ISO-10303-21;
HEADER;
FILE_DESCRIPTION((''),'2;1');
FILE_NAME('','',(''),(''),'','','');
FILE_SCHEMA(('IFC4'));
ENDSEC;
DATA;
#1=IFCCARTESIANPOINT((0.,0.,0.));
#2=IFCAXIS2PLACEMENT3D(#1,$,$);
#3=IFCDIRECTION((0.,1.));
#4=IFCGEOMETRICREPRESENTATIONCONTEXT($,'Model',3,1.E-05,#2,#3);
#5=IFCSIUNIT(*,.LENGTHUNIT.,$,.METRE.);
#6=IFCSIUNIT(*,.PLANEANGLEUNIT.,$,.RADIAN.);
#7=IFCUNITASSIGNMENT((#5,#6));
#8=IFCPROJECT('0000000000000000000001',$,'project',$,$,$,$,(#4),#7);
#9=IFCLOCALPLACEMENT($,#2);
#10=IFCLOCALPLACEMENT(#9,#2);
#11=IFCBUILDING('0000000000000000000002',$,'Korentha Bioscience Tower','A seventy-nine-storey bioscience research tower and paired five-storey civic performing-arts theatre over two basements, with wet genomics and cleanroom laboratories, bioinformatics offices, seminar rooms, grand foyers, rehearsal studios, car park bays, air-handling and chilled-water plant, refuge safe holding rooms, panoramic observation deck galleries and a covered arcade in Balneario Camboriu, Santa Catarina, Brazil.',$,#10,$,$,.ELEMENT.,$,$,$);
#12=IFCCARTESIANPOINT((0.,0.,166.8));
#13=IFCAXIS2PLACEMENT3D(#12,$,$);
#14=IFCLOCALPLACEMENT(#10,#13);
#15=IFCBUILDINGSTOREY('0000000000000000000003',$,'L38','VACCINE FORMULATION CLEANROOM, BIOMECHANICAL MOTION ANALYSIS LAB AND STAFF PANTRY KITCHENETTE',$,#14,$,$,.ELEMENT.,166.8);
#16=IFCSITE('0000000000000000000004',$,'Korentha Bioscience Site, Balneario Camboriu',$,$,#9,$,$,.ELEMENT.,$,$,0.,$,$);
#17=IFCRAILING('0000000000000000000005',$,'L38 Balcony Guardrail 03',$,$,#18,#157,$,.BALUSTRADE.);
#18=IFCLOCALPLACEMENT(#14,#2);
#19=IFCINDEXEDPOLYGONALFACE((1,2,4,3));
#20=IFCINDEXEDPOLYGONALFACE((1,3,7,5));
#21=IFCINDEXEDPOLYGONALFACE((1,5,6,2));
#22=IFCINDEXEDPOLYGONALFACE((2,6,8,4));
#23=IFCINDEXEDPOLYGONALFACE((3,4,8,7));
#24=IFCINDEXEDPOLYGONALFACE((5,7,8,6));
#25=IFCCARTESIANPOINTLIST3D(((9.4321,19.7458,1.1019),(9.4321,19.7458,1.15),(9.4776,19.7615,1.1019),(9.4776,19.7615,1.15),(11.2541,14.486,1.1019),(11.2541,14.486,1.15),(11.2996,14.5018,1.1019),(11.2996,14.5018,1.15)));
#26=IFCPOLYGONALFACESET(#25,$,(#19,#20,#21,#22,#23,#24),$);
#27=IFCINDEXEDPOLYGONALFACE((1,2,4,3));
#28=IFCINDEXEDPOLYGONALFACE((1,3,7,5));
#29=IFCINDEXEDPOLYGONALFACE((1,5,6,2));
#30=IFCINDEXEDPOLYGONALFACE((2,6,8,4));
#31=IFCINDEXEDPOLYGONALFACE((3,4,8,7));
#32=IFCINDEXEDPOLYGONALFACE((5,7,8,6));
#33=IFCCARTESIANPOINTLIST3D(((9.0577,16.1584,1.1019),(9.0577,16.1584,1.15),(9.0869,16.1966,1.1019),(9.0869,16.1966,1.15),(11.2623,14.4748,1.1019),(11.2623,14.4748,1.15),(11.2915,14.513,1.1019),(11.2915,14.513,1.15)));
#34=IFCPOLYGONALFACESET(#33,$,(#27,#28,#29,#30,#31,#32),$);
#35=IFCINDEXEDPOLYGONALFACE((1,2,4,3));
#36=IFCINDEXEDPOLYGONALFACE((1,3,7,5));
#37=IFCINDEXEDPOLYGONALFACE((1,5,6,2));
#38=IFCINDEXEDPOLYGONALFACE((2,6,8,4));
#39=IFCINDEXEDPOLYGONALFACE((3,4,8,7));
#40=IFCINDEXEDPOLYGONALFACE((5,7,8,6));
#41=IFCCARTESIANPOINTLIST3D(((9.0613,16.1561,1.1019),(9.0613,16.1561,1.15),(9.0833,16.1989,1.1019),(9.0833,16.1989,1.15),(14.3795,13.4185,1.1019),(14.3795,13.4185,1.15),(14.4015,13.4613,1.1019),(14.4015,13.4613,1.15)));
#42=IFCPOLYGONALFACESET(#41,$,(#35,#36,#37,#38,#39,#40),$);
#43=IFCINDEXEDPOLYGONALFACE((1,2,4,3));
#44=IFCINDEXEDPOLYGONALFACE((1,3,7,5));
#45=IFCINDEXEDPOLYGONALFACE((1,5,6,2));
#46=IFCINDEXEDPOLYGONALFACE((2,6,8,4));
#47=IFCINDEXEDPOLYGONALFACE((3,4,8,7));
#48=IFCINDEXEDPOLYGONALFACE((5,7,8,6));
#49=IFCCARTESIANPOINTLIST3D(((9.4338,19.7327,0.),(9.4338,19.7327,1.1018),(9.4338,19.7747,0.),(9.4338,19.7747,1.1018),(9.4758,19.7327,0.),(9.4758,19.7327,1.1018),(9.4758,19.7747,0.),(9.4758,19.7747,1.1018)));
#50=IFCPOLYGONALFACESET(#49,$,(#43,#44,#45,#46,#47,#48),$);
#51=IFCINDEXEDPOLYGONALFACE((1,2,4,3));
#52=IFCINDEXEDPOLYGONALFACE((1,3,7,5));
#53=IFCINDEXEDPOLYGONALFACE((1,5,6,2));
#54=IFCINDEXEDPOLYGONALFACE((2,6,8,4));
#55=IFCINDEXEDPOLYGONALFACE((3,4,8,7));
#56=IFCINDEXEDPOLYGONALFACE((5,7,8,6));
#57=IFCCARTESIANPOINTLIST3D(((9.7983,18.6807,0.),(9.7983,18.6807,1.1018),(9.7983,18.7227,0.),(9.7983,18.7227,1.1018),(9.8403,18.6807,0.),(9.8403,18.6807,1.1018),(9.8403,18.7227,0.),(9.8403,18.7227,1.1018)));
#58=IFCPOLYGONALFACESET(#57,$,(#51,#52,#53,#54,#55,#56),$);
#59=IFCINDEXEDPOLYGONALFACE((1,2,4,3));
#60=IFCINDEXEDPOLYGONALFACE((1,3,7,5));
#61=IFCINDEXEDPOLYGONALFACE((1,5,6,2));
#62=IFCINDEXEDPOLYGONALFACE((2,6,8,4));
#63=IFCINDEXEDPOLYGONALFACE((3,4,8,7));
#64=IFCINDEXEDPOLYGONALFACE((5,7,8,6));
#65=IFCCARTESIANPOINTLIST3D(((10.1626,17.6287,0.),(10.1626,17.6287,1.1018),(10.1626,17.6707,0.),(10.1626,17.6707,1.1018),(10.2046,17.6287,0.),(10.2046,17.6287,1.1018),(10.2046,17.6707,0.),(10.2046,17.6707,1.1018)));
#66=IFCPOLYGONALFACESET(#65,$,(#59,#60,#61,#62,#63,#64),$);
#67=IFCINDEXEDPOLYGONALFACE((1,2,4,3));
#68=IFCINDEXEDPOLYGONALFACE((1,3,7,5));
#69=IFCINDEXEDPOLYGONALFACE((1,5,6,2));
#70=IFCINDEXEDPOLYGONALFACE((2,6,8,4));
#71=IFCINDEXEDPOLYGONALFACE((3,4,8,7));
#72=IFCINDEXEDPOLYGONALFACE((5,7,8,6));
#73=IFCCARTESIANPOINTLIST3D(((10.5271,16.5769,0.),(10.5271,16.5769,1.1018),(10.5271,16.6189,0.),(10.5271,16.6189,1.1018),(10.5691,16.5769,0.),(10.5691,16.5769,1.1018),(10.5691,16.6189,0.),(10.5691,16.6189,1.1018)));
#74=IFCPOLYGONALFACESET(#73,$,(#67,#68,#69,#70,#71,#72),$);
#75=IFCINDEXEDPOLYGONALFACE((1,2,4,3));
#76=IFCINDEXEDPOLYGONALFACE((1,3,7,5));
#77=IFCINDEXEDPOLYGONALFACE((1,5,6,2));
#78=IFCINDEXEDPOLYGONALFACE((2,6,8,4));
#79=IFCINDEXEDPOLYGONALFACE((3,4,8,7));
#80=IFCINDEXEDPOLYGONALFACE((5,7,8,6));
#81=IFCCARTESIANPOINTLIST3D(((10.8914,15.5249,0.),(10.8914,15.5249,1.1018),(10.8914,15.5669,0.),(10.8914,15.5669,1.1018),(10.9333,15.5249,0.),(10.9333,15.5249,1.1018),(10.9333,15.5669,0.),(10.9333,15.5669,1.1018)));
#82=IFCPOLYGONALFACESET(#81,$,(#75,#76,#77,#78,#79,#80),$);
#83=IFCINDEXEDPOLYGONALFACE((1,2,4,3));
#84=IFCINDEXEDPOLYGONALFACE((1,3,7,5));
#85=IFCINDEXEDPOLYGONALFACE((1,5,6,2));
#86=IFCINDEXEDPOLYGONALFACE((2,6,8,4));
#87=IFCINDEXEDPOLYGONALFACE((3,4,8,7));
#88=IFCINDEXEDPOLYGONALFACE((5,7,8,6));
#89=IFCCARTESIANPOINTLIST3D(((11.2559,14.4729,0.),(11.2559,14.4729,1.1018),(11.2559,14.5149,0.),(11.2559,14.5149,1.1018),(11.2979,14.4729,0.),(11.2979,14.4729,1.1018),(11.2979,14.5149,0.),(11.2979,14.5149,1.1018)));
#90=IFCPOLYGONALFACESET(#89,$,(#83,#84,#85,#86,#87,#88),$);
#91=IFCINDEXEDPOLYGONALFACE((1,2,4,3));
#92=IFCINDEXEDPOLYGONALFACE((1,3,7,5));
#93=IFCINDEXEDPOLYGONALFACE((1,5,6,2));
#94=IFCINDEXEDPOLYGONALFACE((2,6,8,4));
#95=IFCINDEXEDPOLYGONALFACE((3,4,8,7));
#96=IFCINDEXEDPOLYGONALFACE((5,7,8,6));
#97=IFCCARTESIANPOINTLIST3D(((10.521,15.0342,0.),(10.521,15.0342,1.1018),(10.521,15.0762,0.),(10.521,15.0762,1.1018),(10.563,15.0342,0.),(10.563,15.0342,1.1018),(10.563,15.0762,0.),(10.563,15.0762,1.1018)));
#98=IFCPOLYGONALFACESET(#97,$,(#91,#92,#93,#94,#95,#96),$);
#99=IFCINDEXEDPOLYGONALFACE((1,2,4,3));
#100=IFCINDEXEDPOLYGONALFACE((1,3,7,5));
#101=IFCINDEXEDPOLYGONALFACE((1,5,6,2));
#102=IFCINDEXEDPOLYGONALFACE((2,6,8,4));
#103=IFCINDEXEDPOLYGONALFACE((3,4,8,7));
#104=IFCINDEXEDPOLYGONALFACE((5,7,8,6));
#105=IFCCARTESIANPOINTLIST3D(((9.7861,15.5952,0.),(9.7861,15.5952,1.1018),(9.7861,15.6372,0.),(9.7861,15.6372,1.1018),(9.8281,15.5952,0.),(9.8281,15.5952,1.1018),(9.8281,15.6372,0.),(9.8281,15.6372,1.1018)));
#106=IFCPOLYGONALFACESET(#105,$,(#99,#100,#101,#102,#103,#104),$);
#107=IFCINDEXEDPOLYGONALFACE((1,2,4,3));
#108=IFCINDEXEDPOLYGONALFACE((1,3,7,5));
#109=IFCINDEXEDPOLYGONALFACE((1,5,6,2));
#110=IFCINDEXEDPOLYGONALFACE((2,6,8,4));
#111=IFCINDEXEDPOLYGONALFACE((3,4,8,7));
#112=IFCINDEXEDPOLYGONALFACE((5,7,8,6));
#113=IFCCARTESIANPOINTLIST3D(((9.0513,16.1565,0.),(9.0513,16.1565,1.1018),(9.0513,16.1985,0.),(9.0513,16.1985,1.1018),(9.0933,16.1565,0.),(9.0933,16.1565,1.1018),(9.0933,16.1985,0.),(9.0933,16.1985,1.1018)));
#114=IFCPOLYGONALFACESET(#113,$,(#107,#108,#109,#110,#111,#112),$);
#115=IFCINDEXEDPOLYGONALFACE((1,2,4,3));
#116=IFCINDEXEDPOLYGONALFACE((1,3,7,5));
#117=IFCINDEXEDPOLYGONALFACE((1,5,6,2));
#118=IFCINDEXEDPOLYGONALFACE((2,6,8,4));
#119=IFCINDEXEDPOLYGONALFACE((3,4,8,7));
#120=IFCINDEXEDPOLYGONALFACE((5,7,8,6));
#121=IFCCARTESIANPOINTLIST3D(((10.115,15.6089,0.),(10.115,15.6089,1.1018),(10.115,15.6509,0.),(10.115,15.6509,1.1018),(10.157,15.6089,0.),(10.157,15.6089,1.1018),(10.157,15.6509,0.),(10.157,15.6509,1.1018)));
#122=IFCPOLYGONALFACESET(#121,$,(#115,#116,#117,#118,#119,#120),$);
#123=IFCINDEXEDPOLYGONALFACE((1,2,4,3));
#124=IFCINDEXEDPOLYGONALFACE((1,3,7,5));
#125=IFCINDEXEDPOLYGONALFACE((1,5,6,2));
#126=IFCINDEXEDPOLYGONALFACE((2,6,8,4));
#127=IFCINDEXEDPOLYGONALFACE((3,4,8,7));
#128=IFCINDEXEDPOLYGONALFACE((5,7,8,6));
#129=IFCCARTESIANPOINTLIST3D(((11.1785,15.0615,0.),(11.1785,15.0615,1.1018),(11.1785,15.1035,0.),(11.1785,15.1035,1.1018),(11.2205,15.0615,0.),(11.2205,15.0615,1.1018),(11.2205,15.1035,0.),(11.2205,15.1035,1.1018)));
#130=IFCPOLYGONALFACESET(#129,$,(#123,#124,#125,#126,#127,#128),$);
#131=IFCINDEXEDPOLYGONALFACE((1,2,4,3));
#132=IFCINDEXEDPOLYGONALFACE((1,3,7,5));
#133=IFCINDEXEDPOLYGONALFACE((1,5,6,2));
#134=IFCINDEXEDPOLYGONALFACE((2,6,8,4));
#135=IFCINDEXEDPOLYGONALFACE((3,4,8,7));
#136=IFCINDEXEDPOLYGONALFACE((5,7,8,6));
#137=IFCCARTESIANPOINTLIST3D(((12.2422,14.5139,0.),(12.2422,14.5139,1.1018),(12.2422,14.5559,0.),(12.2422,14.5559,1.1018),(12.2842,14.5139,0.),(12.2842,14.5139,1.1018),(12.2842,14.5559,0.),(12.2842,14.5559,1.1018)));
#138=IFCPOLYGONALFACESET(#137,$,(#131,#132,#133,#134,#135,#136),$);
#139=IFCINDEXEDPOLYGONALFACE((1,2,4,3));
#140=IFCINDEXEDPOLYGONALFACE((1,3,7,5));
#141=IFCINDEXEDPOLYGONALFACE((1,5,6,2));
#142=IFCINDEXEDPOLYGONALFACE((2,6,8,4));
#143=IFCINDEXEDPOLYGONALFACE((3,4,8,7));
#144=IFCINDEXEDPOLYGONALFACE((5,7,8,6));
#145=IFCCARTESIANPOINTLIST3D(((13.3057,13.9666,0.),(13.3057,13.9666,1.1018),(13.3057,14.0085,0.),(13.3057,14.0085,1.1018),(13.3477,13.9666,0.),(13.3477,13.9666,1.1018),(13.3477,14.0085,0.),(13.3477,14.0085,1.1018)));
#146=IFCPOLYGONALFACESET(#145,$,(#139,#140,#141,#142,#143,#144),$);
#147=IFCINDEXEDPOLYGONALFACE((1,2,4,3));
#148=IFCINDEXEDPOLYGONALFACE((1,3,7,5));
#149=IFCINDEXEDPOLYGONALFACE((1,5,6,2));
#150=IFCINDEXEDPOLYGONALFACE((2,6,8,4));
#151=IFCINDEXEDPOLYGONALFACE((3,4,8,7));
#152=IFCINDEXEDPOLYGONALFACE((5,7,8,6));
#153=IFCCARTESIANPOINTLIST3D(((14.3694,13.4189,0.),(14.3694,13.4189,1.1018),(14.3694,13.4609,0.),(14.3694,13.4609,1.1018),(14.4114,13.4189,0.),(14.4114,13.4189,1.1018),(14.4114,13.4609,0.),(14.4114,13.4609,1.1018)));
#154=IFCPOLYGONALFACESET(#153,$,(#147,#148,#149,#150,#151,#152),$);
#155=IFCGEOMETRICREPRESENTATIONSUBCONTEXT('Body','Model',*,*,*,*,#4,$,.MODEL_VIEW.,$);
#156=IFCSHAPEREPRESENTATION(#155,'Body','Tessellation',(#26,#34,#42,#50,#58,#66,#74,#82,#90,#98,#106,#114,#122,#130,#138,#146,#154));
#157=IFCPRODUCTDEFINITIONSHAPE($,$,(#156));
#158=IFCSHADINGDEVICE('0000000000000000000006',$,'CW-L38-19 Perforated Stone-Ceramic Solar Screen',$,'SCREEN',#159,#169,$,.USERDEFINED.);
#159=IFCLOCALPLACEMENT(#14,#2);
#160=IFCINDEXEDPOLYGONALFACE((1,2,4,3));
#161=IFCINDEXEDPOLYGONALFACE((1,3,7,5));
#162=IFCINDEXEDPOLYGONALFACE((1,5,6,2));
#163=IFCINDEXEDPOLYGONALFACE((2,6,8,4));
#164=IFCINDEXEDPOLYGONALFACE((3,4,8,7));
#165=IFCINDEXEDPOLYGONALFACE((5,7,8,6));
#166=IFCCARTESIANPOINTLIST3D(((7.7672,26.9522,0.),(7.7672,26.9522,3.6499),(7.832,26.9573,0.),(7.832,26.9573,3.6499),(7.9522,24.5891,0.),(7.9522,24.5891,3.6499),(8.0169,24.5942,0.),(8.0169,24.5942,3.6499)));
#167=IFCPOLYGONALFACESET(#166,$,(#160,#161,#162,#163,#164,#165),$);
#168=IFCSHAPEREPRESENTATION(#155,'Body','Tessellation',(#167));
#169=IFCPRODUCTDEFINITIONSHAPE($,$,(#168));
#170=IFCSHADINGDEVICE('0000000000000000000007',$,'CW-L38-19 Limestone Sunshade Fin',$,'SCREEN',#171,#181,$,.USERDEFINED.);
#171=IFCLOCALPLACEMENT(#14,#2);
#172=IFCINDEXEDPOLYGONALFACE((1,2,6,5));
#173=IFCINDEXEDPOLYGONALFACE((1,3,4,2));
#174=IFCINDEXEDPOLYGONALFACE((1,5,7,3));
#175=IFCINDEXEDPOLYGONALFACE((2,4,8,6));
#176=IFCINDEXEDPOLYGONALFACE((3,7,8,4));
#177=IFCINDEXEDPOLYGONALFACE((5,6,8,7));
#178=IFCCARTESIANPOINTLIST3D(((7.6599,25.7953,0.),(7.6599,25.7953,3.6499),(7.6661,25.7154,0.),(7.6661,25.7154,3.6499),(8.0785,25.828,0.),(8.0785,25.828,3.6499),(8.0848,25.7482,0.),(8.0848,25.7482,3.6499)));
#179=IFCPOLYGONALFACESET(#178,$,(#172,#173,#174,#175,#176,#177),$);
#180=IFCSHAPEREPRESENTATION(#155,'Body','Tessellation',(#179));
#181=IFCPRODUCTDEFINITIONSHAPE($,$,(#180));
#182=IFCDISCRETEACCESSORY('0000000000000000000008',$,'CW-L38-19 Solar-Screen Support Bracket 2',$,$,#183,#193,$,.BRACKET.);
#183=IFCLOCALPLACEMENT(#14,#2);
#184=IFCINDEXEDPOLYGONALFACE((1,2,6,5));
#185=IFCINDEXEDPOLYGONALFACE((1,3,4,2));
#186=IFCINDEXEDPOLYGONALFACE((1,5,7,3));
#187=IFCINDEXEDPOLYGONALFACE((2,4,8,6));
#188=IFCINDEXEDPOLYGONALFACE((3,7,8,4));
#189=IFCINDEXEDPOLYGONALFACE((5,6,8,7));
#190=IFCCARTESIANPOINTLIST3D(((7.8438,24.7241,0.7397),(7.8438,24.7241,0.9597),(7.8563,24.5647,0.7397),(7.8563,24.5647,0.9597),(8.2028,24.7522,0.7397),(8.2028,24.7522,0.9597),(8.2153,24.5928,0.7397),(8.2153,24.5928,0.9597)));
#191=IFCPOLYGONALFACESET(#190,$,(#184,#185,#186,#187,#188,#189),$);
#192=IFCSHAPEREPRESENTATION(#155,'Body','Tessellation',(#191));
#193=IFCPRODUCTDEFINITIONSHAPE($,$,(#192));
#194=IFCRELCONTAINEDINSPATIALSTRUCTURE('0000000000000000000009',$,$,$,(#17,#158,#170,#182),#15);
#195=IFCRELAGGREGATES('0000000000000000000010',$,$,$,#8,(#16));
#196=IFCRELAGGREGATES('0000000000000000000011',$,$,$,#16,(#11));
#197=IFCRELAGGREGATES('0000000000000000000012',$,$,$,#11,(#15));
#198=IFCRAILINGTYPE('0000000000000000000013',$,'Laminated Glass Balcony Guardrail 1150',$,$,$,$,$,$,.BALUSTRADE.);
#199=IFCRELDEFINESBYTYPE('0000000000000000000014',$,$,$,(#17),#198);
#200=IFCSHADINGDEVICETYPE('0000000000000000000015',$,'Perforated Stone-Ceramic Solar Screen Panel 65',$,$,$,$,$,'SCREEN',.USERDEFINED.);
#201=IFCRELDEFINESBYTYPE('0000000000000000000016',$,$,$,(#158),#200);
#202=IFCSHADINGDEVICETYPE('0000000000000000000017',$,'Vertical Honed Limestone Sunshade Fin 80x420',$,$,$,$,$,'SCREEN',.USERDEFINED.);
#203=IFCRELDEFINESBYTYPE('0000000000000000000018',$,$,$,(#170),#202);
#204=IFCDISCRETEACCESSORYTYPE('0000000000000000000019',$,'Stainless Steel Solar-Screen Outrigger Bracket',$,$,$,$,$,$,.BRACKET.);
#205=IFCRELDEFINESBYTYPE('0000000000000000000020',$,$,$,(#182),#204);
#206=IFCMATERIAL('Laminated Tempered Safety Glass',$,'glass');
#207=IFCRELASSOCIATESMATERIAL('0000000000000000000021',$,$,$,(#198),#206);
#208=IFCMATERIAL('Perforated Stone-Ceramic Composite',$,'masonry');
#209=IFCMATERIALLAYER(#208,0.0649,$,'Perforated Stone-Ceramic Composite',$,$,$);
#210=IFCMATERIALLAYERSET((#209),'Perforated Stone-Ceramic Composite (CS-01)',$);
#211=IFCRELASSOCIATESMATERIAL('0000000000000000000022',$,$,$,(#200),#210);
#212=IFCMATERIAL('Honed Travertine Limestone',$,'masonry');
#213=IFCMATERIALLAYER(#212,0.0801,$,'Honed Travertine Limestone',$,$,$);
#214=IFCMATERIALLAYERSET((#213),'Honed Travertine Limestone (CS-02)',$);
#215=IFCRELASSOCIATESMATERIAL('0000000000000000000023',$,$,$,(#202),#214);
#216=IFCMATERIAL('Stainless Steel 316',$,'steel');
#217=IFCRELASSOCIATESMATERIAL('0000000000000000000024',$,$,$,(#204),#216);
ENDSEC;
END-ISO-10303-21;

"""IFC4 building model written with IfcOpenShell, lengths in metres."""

from ifc_helpers import new_model, si_unit, direction, frame, origin, origin_2d, place, context, subcontext, project, spatial, rectangle, extrude, material, layer, layer_set, type_object, element, save


model = new_model("IFC4")

# Units and contexts
model_context = context("Model", 3, precision=1e-05, world=origin(), true_north=direction((0.0, 1.0)))
body_context = subcontext(model_context, "Body", "Model", "MODEL_VIEW")
ifc_project = project(units=[si_unit("LENGTHUNIT", "METRE"), si_unit("PLANEANGLEUNIT", "RADIAN")], contexts=[model_context])

# Site, building, storey
site_placement = place(None, origin())
site = spatial("IfcSite", under=ifc_project, at=site_placement, Name="Korentha Bioscience Site, Balneario Camboriu", CompositionType="ELEMENT", RefElevation=0.0)
building_placement = place(site_placement, origin())
building = spatial("IfcBuilding", under=site, at=building_placement, Name="Korentha Bioscience Tower", Description="A seventy-nine-storey bioscience research tower and paired five-storey civic performing-arts theatre over two basements, with wet genomics and cleanroom laboratories, bioinformatics offices, seminar rooms, grand foyers, rehearsal studios, car park bays, air-handling and chilled-water plant, refuge safe holding rooms, panoramic observation deck galleries and a covered arcade in Balneario Camboriu, Santa Catarina, Brazil.", CompositionType="ELEMENT")
storey_placement = place(building_placement, frame((0.0, 0.0, 166.8)))
storey = spatial("IfcBuildingStorey", under=building, at=storey_placement, Name="L38", Description="VACCINE FORMULATION CLEANROOM, BIOMECHANICAL MOTION ANALYSIS LAB AND STAFF PANTRY KITCHENETTE", CompositionType="ELEMENT", Elevation=166.8)

# Railing
ifc_material_1 = material(Name="Laminated Tempered Safety Glass", Category="glass")
railing_type = type_object("IfcRailingType", Name="Laminated Glass Balcony Guardrail 1150", PredefinedType="BALUSTRADE", material=ifc_material_1)
railing_placement = place(storey_placement, frame((9.4548, 19.7537, 0.0)))
element("IfcRailing", 1, at=railing_placement, inside=storey, type_object=railing_type, Name="L38 Balcony Guardrail 03", PredefinedType="BALUSTRADE", context=body_context, shape_type="SweptSolid", body=[
    extrude(rectangle(XDim=0.0481, YDim=0.0481, at=origin_2d()), frame((0.0, 0.0, 1.126), z_axis=(0.327324, -0.944912, 0.0), x_axis=(0.944912, 0.327324, 0.0)), (0.0, 0.0, 1.0), 5.5664),
    extrude(rectangle(XDim=0.0481, YDim=0.0481, at=origin_2d()), frame((1.822, -5.2598, 1.126), z_axis=(-0.794752, 0.606934, 0.0), x_axis=(-0.606934, -0.794752, 0.0)), (0.0, 0.0, 1.0), 2.7739),
    extrude(rectangle(XDim=0.0481, YDim=0.0481, at=origin_2d()), frame((-0.3826, -3.5762, 1.126), z_axis=(0.889117, -0.457681, 0.0), x_axis=(0.457681, 0.889117, 0.0)), (0.0, 0.0, 1.0), 5.9814),
    extrude(rectangle(XDim=0.042, YDim=0.042, at=origin_2d()), origin(), (0.0, 0.0, 1.0), 1.1018),
    extrude(rectangle(XDim=0.042, YDim=0.042, at=origin_2d()), frame((0.3645, -1.052, 0.0)), (0.0, 0.0, 1.0), 1.1018),
    extrude(rectangle(XDim=0.042, YDim=0.042, at=origin_2d()), frame((0.7288, -2.104, 0.0)), (0.0, 0.0, 1.0), 1.1018),
    extrude(rectangle(XDim=0.042, YDim=0.042, at=origin_2d()), frame((1.0933, -3.1558, 0.0)), (0.0, 0.0, 1.0), 1.1018),
    extrude(rectangle(XDim=0.042, YDim=0.042, at=origin_2d()), frame((1.4575, -4.2078, 0.0)), (0.0, 0.0, 1.0), 1.1018),
    extrude(rectangle(XDim=0.042, YDim=0.042, at=origin_2d()), frame((1.822, -5.2598, 0.0)), (0.0, 0.0, 1.0), 1.1018),
    extrude(rectangle(XDim=0.042, YDim=0.042, at=origin_2d()), frame((1.0872, -4.6985, 0.0)), (0.0, 0.0, 1.0), 1.1018),
    extrude(rectangle(XDim=0.042, YDim=0.042, at=origin_2d()), frame((0.3523, -4.1375, 0.0)), (0.0, 0.0, 1.0), 1.1018),
    extrude(rectangle(XDim=0.042, YDim=0.042, at=origin_2d()), frame((-0.3826, -3.5762, 0.0)), (0.0, 0.0, 1.0), 1.1018),
    extrude(rectangle(XDim=0.042, YDim=0.042, at=origin_2d()), frame((0.6812, -4.1238, 0.0)), (0.0, 0.0, 1.0), 1.1018),
    extrude(rectangle(XDim=0.042, YDim=0.042, at=origin_2d()), frame((1.7446, -4.6711, 0.0)), (0.0, 0.0, 1.0), 1.1018),
    extrude(rectangle(XDim=0.042, YDim=0.042, at=origin_2d()), frame((2.8083, -5.2188, 0.0)), (0.0, 0.0, 1.0), 1.1018),
    extrude(rectangle(XDim=0.042, YDim=0.042, at=origin_2d()), frame((3.8718, -5.7661, 0.0)), (0.0, 0.0, 1.0), 1.1018),
    extrude(rectangle(XDim=0.042, YDim=0.042, at=origin_2d()), frame((4.9355, -6.3137, 0.0)), (0.0, 0.0, 1.0), 1.1018),
])

# Shading devices
ifc_material_2 = material(Name="Perforated Stone-Ceramic Composite", Category="masonry")
ifc_layer_1 = layer(ifc_material_2, 0.0649, Name="Perforated Stone-Ceramic Composite")
ifc_layer_set_1 = layer_set([ifc_layer_1], Name="Perforated Stone-Ceramic Composite (CS-01)")
shading_device_type_1 = type_object("IfcShadingDeviceType", Name="Perforated Stone-Ceramic Solar Screen Panel 65", ElementType="SCREEN", PredefinedType="USERDEFINED", material=ifc_layer_set_1)
shading_device_1_placement = place(storey_placement, frame((7.8921, 25.7732, 0.0), z_axis=(0.0, 0.0, 1.0), x_axis=(0.078031, -0.996951, 0.0)))
element("IfcShadingDevice", 2, at=shading_device_1_placement, inside=storey, type_object=shading_device_type_1, Name="CW-L38-19 Perforated Stone-Ceramic Solar Screen", ObjectType="SCREEN", PredefinedType="USERDEFINED", context=body_context, shape_type="SweptSolid", body=[
    extrude(rectangle(XDim=2.3704, YDim=0.0649, at=origin_2d()), origin(), (0.0, 0.0, 1.0), 3.6499),
])
ifc_material_3 = material(Name="Honed Travertine Limestone", Category="masonry")
ifc_layer_2 = layer(ifc_material_3, 0.0801, Name="Honed Travertine Limestone")
ifc_layer_set_2 = layer_set([ifc_layer_2], Name="Honed Travertine Limestone (CS-02)")
shading_device_type_2 = type_object("IfcShadingDeviceType", Name="Vertical Honed Limestone Sunshade Fin 80x420", ElementType="SCREEN", PredefinedType="USERDEFINED", material=ifc_layer_set_2)
shading_device_2_placement = place(storey_placement, frame((7.8723, 25.7717, 0.0), z_axis=(0.0, 0.0, 1.0), x_axis=(0.078031, -0.996951, 0.0)))
element("IfcShadingDevice", 3, at=shading_device_2_placement, inside=storey, type_object=shading_device_type_2, Name="CW-L38-19 Limestone Sunshade Fin", ObjectType="SCREEN", PredefinedType="USERDEFINED", context=body_context, shape_type="SweptSolid", body=[
    extrude(rectangle(XDim=0.0801, YDim=0.4199, at=origin_2d()), origin(), (0.0, 0.0, 1.0), 3.6499),
])

# Discrete accessory
ifc_material_4 = material(Name="Stainless Steel 316", Category="steel")
discrete_accessory_type = type_object("IfcDiscreteAccessoryType", Name="Stainless Steel Solar-Screen Outrigger Bracket", PredefinedType="BRACKET", material=ifc_material_4)
discrete_accessory_placement = place(storey_placement, frame((8.0295, 24.6584, 0.7397), z_axis=(0.0, 0.0, 1.0), x_axis=(0.078031, -0.996951, 0.0)))
element("IfcDiscreteAccessory", 4, at=discrete_accessory_placement, inside=storey, type_object=discrete_accessory_type, Name="CW-L38-19 Solar-Screen Support Bracket 2", PredefinedType="BRACKET", context=body_context, shape_type="SweptSolid", body=[
    extrude(rectangle(XDim=0.1599, YDim=0.3601, at=origin_2d()), origin(), (0.0, 0.0, 1.0), 0.22),
])

save(model, "model.ifc")
